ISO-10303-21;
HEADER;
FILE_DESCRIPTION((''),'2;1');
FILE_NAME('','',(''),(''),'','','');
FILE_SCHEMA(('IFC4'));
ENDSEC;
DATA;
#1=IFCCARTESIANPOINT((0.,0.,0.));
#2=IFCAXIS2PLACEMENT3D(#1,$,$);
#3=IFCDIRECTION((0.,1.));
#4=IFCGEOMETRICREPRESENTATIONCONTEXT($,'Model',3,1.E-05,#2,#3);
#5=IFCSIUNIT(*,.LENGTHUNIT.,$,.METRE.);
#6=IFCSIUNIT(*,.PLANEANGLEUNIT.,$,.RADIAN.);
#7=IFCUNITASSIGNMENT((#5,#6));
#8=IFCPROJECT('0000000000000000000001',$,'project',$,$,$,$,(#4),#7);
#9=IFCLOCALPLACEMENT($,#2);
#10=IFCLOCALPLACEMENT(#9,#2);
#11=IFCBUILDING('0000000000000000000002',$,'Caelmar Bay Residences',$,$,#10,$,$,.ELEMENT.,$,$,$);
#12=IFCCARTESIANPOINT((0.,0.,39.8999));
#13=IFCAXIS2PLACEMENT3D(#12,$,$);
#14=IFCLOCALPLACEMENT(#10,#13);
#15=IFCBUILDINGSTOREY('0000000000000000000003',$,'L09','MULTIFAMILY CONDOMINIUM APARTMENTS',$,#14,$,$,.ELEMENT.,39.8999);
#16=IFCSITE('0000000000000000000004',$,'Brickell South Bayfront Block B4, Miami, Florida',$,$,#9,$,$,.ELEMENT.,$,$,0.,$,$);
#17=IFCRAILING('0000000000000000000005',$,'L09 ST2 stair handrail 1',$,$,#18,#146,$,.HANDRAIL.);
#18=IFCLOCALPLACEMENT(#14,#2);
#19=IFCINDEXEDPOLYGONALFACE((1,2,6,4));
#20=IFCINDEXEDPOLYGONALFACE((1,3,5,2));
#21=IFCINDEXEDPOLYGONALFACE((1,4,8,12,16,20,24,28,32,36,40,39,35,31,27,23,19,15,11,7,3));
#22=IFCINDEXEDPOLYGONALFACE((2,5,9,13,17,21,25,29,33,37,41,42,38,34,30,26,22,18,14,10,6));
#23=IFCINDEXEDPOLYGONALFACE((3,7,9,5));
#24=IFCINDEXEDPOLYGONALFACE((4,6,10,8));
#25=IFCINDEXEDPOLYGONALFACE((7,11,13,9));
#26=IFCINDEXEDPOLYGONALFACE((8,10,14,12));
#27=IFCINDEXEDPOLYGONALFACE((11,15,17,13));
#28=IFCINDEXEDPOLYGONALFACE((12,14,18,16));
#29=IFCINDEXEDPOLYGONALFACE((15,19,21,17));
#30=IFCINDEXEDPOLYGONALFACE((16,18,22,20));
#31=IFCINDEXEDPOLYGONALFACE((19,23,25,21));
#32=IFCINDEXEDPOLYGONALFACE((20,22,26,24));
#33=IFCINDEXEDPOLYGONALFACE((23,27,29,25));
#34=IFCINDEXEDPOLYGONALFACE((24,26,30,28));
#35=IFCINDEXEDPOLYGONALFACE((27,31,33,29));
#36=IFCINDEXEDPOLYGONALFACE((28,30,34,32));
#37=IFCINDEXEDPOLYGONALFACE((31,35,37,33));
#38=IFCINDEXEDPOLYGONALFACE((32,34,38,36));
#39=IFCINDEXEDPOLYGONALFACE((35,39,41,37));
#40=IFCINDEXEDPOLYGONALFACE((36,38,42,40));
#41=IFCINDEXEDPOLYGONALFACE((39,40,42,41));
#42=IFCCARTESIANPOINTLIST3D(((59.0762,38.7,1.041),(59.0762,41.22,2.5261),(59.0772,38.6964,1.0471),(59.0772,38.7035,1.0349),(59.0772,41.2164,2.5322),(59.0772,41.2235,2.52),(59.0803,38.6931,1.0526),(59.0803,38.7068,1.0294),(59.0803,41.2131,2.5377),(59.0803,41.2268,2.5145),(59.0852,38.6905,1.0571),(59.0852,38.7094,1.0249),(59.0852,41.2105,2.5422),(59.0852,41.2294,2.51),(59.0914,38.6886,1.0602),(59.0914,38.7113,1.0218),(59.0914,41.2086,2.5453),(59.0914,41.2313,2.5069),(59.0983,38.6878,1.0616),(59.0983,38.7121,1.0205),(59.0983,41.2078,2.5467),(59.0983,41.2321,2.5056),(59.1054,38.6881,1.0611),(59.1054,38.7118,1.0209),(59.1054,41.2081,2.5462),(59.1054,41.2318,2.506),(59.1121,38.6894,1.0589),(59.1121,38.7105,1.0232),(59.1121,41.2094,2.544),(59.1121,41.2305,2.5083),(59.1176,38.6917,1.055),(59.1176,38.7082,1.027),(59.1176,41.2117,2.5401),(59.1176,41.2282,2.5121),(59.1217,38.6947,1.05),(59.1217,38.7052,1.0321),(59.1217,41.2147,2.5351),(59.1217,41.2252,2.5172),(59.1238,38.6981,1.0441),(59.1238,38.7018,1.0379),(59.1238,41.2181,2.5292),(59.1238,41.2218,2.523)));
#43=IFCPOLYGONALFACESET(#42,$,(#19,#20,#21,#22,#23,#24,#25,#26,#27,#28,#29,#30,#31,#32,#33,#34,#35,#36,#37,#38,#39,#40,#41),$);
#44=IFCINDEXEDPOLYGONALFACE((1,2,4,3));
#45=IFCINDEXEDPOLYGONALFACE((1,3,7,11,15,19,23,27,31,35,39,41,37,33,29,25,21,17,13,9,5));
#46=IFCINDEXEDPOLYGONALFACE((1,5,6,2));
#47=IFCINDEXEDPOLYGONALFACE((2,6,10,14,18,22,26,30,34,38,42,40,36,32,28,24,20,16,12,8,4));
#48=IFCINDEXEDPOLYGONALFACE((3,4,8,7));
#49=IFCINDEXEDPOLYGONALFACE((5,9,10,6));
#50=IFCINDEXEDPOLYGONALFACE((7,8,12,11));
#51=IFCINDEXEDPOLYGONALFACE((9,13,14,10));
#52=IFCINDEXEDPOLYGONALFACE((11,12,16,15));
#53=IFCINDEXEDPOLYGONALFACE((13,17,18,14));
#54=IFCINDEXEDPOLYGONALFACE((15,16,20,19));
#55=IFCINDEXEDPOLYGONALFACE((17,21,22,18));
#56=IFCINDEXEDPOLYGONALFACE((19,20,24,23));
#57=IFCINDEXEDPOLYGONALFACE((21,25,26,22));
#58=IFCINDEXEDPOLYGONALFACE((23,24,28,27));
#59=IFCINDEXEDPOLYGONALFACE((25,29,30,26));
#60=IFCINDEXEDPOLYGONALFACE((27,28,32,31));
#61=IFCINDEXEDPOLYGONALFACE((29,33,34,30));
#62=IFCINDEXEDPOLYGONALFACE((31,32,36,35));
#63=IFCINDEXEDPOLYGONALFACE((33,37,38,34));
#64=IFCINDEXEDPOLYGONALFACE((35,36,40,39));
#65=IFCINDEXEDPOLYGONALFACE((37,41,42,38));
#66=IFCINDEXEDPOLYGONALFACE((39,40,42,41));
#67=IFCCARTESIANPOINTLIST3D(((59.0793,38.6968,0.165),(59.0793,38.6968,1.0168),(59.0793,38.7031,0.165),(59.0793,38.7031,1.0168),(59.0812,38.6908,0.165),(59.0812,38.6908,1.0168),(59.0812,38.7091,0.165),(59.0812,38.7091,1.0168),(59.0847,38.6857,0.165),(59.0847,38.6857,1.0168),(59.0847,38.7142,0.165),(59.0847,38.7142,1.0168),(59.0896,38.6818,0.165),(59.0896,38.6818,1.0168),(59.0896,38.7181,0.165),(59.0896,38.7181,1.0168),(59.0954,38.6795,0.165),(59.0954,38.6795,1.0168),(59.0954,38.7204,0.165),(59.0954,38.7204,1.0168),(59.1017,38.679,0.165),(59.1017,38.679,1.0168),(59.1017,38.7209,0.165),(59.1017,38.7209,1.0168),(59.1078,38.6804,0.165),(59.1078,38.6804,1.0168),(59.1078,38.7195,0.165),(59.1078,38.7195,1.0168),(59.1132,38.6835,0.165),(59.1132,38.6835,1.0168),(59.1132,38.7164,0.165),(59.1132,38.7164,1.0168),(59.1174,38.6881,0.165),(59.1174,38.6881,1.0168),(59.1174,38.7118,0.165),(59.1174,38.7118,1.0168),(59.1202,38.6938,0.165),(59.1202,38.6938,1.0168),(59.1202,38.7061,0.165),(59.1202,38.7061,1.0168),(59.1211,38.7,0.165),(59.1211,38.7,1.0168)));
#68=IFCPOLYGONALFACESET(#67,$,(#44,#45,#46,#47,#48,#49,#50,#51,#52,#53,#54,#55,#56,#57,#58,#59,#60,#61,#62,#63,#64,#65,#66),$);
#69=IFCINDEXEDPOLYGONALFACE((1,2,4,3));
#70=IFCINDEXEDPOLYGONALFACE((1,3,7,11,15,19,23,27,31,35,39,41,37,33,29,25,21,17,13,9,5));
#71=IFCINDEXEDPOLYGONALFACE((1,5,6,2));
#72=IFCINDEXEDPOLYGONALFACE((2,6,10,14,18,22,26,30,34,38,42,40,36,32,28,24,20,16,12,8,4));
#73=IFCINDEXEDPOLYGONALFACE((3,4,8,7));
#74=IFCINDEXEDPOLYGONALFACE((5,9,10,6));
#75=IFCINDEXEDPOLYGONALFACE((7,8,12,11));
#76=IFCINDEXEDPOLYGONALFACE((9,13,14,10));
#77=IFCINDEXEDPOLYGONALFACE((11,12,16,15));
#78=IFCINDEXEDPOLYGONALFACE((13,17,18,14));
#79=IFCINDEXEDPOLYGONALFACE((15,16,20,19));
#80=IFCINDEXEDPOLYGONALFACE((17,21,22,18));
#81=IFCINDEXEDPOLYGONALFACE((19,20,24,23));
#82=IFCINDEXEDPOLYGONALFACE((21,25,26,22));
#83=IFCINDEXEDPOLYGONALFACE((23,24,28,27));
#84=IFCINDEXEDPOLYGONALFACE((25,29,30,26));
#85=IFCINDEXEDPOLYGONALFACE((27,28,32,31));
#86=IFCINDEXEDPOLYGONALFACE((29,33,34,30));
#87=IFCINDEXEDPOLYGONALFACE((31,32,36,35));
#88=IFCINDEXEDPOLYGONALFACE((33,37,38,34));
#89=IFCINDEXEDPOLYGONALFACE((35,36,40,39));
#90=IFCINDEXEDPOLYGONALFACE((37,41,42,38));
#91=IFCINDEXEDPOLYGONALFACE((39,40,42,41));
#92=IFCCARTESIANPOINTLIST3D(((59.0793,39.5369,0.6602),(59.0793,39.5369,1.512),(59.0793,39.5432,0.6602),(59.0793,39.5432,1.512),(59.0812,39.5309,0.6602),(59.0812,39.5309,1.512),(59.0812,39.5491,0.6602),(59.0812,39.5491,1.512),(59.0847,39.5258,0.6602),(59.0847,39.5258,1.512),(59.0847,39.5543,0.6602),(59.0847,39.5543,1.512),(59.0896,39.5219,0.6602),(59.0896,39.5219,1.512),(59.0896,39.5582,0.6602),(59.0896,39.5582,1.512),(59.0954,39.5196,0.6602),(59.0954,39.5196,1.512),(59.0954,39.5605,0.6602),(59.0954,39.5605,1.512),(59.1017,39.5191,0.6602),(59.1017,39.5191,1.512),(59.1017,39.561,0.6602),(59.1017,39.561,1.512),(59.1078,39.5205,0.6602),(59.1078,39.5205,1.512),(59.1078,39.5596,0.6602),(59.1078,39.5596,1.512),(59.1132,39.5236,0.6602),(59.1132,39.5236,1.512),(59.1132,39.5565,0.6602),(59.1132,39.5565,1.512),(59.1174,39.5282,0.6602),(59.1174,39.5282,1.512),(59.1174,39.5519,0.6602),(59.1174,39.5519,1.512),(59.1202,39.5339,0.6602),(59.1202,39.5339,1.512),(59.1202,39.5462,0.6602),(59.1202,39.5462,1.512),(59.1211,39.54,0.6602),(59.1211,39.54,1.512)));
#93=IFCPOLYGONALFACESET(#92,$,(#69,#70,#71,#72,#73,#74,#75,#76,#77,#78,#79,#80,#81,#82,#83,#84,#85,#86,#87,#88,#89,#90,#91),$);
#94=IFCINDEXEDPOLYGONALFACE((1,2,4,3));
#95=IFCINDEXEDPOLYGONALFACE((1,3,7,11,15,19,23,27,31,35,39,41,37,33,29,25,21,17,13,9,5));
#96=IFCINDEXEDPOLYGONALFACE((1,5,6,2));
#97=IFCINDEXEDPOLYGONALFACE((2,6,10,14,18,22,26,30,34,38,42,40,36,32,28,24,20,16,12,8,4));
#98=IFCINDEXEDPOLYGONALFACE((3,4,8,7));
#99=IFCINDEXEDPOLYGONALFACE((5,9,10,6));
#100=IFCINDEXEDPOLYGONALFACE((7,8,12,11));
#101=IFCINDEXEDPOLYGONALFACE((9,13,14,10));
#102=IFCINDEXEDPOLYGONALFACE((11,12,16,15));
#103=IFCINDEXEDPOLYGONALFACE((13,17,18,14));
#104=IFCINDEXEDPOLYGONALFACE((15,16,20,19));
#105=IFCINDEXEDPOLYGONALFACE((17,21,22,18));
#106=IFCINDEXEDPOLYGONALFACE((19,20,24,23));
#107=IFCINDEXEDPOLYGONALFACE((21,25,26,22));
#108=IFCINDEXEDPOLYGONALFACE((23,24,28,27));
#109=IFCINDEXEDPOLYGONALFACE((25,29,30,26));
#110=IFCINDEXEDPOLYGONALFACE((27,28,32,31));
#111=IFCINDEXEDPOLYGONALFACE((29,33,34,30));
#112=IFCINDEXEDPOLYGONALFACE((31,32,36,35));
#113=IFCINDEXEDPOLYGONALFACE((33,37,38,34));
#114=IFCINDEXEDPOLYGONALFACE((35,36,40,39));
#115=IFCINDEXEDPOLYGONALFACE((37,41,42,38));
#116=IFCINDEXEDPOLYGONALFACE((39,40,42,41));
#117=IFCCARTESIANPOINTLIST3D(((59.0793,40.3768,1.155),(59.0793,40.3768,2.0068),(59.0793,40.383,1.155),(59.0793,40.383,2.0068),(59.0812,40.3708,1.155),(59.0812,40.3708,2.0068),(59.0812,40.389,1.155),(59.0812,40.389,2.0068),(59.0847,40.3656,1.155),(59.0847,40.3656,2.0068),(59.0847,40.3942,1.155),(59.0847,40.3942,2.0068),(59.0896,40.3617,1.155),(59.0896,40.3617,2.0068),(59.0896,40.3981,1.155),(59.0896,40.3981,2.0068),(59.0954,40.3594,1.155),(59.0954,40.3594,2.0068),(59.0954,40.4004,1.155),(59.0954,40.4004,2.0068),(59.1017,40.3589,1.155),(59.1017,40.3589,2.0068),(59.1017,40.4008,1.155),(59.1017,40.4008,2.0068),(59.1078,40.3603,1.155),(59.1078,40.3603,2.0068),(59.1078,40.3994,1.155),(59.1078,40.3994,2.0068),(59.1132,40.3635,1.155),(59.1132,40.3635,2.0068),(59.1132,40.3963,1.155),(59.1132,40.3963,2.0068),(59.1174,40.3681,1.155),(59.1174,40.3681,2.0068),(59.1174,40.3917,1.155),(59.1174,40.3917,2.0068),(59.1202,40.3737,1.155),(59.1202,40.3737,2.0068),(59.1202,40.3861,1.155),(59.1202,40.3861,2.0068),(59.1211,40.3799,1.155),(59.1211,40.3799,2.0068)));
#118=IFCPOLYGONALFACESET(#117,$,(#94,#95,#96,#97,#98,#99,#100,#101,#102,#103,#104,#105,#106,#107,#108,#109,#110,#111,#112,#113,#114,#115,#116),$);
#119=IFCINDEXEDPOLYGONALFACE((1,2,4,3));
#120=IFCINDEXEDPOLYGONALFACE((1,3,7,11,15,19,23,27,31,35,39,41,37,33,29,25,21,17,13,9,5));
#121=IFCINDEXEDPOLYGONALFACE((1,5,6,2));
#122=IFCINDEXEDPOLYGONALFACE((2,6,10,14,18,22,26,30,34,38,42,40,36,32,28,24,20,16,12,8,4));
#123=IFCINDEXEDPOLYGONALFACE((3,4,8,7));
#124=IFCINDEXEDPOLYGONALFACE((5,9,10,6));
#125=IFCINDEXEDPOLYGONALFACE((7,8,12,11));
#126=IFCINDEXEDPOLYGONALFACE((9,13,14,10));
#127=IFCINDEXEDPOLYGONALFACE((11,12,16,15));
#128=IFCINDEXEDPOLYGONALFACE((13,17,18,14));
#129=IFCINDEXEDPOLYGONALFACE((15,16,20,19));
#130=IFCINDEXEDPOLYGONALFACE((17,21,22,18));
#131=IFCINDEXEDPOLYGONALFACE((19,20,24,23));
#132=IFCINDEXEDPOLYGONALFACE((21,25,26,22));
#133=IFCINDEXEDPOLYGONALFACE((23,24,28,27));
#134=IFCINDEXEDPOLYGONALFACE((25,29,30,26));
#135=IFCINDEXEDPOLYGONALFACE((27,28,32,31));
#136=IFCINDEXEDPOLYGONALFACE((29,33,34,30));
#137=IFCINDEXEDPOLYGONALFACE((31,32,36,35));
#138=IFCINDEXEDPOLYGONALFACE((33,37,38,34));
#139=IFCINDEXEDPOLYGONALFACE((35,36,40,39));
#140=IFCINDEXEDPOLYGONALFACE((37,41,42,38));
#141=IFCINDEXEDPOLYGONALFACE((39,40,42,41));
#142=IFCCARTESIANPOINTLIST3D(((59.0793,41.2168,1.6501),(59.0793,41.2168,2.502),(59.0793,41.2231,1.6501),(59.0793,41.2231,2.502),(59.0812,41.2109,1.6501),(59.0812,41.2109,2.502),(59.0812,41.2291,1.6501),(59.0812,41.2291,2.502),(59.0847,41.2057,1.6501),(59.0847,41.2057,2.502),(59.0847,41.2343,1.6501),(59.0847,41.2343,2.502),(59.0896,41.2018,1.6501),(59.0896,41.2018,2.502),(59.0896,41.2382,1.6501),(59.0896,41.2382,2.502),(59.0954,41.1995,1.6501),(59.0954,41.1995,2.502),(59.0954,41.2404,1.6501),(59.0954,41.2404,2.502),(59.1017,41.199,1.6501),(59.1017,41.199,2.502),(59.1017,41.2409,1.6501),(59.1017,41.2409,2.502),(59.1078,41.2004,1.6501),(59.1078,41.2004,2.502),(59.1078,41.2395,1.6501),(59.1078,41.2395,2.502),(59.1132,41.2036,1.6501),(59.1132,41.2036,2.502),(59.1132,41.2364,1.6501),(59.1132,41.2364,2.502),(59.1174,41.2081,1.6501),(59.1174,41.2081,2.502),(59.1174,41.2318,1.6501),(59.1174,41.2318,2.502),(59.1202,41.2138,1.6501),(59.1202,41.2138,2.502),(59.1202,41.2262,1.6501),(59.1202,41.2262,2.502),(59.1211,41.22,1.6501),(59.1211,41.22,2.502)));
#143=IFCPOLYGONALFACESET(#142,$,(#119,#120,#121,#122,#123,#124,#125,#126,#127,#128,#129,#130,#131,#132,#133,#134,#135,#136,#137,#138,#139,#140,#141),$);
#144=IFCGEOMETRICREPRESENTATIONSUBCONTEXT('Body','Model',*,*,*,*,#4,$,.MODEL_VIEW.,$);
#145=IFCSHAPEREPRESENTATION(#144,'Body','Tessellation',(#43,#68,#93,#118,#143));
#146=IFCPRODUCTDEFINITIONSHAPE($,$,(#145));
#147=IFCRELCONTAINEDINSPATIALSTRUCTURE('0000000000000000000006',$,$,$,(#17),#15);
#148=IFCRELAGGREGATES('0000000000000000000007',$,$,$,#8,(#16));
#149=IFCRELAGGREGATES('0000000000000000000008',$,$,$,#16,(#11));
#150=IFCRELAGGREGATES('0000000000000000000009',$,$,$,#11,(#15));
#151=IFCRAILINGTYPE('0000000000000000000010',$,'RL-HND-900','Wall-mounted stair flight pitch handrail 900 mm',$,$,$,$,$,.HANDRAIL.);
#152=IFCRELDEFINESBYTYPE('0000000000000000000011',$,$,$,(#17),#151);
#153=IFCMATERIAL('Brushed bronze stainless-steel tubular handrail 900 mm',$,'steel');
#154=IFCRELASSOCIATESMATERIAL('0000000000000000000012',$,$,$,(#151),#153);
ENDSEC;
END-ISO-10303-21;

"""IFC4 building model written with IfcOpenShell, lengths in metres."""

from ifc_helpers import new_model, si_unit, direction, frame, origin, origin_2d, place, context, subcontext, project, spatial, circle, extrude, material, type_object, element, save


model = new_model("IFC4")

# Units and contexts
model_context = context("Model", 3, precision=1e-05, world=origin(), true_north=direction((0.0, 1.0)))
body_context = subcontext(model_context, "Body", "Model", "MODEL_VIEW")
ifc_project = project(units=[si_unit("LENGTHUNIT", "METRE"), si_unit("PLANEANGLEUNIT", "RADIAN")], contexts=[model_context])

# Site, building, storey
site_placement = place(None, origin())
site = spatial("IfcSite", under=ifc_project, at=site_placement, Name="Brickell South Bayfront Block B4, Miami, Florida", CompositionType="ELEMENT", RefElevation=0.0)
building_placement = place(site_placement, origin())
building = spatial("IfcBuilding", under=site, at=building_placement, Name="Caelmar Bay Residences", CompositionType="ELEMENT")
storey_placement = place(building_placement, frame((0.0, 0.0, 39.8999)))
storey = spatial("IfcBuildingStorey", under=building, at=storey_placement, Name="L09", Description="MULTIFAMILY CONDOMINIUM APARTMENTS", CompositionType="ELEMENT", Elevation=39.8999)

# Railing
ifc_material_1 = material(Name="Brushed bronze stainless-steel tubular handrail 900 mm", Category="steel")
railing_type_1 = type_object("IfcRailingType", Name="RL-HND-900", Description="Wall-mounted stair flight pitch handrail 900 mm", PredefinedType="HANDRAIL", material=ifc_material_1)
railing_1_placement = place(storey_placement, frame((59.1001, 38.7, 0.165)))
element("IfcRailing", 1, at=railing_1_placement, inside=storey, type_object=railing_type_1, Name="L09 ST2 stair handrail 1", PredefinedType="HANDRAIL", context=body_context, shape_type="SweptSolid", body=[
    extrude(circle(Radius=0.0239, at=origin_2d()), frame((0.0, 0.0, 0.876), z_axis=(0.0, 0.861524, 0.507717), x_axis=(-1.0, 0.0, 0.0)), (0.0, 0.0, 1.0), 2.925),
    extrude(circle(Radius=0.021, at=origin_2d()), origin(), (0.0, 0.0, 1.0), 0.8518),
    extrude(circle(Radius=0.021, at=origin_2d()), frame((0.0, 0.8401, 0.4951)), (0.0, 0.0, 1.0), 0.8518),
    extrude(circle(Radius=0.021, at=origin_2d()), frame((0.0, 1.6799, 0.99)), (0.0, 0.0, 1.0), 0.8518),
    extrude(circle(Radius=0.021, at=origin_2d()), frame((0.0, 2.52, 1.4851)), (0.0, 0.0, 1.0), 0.8518),
])

save(model, "model.ifc")
